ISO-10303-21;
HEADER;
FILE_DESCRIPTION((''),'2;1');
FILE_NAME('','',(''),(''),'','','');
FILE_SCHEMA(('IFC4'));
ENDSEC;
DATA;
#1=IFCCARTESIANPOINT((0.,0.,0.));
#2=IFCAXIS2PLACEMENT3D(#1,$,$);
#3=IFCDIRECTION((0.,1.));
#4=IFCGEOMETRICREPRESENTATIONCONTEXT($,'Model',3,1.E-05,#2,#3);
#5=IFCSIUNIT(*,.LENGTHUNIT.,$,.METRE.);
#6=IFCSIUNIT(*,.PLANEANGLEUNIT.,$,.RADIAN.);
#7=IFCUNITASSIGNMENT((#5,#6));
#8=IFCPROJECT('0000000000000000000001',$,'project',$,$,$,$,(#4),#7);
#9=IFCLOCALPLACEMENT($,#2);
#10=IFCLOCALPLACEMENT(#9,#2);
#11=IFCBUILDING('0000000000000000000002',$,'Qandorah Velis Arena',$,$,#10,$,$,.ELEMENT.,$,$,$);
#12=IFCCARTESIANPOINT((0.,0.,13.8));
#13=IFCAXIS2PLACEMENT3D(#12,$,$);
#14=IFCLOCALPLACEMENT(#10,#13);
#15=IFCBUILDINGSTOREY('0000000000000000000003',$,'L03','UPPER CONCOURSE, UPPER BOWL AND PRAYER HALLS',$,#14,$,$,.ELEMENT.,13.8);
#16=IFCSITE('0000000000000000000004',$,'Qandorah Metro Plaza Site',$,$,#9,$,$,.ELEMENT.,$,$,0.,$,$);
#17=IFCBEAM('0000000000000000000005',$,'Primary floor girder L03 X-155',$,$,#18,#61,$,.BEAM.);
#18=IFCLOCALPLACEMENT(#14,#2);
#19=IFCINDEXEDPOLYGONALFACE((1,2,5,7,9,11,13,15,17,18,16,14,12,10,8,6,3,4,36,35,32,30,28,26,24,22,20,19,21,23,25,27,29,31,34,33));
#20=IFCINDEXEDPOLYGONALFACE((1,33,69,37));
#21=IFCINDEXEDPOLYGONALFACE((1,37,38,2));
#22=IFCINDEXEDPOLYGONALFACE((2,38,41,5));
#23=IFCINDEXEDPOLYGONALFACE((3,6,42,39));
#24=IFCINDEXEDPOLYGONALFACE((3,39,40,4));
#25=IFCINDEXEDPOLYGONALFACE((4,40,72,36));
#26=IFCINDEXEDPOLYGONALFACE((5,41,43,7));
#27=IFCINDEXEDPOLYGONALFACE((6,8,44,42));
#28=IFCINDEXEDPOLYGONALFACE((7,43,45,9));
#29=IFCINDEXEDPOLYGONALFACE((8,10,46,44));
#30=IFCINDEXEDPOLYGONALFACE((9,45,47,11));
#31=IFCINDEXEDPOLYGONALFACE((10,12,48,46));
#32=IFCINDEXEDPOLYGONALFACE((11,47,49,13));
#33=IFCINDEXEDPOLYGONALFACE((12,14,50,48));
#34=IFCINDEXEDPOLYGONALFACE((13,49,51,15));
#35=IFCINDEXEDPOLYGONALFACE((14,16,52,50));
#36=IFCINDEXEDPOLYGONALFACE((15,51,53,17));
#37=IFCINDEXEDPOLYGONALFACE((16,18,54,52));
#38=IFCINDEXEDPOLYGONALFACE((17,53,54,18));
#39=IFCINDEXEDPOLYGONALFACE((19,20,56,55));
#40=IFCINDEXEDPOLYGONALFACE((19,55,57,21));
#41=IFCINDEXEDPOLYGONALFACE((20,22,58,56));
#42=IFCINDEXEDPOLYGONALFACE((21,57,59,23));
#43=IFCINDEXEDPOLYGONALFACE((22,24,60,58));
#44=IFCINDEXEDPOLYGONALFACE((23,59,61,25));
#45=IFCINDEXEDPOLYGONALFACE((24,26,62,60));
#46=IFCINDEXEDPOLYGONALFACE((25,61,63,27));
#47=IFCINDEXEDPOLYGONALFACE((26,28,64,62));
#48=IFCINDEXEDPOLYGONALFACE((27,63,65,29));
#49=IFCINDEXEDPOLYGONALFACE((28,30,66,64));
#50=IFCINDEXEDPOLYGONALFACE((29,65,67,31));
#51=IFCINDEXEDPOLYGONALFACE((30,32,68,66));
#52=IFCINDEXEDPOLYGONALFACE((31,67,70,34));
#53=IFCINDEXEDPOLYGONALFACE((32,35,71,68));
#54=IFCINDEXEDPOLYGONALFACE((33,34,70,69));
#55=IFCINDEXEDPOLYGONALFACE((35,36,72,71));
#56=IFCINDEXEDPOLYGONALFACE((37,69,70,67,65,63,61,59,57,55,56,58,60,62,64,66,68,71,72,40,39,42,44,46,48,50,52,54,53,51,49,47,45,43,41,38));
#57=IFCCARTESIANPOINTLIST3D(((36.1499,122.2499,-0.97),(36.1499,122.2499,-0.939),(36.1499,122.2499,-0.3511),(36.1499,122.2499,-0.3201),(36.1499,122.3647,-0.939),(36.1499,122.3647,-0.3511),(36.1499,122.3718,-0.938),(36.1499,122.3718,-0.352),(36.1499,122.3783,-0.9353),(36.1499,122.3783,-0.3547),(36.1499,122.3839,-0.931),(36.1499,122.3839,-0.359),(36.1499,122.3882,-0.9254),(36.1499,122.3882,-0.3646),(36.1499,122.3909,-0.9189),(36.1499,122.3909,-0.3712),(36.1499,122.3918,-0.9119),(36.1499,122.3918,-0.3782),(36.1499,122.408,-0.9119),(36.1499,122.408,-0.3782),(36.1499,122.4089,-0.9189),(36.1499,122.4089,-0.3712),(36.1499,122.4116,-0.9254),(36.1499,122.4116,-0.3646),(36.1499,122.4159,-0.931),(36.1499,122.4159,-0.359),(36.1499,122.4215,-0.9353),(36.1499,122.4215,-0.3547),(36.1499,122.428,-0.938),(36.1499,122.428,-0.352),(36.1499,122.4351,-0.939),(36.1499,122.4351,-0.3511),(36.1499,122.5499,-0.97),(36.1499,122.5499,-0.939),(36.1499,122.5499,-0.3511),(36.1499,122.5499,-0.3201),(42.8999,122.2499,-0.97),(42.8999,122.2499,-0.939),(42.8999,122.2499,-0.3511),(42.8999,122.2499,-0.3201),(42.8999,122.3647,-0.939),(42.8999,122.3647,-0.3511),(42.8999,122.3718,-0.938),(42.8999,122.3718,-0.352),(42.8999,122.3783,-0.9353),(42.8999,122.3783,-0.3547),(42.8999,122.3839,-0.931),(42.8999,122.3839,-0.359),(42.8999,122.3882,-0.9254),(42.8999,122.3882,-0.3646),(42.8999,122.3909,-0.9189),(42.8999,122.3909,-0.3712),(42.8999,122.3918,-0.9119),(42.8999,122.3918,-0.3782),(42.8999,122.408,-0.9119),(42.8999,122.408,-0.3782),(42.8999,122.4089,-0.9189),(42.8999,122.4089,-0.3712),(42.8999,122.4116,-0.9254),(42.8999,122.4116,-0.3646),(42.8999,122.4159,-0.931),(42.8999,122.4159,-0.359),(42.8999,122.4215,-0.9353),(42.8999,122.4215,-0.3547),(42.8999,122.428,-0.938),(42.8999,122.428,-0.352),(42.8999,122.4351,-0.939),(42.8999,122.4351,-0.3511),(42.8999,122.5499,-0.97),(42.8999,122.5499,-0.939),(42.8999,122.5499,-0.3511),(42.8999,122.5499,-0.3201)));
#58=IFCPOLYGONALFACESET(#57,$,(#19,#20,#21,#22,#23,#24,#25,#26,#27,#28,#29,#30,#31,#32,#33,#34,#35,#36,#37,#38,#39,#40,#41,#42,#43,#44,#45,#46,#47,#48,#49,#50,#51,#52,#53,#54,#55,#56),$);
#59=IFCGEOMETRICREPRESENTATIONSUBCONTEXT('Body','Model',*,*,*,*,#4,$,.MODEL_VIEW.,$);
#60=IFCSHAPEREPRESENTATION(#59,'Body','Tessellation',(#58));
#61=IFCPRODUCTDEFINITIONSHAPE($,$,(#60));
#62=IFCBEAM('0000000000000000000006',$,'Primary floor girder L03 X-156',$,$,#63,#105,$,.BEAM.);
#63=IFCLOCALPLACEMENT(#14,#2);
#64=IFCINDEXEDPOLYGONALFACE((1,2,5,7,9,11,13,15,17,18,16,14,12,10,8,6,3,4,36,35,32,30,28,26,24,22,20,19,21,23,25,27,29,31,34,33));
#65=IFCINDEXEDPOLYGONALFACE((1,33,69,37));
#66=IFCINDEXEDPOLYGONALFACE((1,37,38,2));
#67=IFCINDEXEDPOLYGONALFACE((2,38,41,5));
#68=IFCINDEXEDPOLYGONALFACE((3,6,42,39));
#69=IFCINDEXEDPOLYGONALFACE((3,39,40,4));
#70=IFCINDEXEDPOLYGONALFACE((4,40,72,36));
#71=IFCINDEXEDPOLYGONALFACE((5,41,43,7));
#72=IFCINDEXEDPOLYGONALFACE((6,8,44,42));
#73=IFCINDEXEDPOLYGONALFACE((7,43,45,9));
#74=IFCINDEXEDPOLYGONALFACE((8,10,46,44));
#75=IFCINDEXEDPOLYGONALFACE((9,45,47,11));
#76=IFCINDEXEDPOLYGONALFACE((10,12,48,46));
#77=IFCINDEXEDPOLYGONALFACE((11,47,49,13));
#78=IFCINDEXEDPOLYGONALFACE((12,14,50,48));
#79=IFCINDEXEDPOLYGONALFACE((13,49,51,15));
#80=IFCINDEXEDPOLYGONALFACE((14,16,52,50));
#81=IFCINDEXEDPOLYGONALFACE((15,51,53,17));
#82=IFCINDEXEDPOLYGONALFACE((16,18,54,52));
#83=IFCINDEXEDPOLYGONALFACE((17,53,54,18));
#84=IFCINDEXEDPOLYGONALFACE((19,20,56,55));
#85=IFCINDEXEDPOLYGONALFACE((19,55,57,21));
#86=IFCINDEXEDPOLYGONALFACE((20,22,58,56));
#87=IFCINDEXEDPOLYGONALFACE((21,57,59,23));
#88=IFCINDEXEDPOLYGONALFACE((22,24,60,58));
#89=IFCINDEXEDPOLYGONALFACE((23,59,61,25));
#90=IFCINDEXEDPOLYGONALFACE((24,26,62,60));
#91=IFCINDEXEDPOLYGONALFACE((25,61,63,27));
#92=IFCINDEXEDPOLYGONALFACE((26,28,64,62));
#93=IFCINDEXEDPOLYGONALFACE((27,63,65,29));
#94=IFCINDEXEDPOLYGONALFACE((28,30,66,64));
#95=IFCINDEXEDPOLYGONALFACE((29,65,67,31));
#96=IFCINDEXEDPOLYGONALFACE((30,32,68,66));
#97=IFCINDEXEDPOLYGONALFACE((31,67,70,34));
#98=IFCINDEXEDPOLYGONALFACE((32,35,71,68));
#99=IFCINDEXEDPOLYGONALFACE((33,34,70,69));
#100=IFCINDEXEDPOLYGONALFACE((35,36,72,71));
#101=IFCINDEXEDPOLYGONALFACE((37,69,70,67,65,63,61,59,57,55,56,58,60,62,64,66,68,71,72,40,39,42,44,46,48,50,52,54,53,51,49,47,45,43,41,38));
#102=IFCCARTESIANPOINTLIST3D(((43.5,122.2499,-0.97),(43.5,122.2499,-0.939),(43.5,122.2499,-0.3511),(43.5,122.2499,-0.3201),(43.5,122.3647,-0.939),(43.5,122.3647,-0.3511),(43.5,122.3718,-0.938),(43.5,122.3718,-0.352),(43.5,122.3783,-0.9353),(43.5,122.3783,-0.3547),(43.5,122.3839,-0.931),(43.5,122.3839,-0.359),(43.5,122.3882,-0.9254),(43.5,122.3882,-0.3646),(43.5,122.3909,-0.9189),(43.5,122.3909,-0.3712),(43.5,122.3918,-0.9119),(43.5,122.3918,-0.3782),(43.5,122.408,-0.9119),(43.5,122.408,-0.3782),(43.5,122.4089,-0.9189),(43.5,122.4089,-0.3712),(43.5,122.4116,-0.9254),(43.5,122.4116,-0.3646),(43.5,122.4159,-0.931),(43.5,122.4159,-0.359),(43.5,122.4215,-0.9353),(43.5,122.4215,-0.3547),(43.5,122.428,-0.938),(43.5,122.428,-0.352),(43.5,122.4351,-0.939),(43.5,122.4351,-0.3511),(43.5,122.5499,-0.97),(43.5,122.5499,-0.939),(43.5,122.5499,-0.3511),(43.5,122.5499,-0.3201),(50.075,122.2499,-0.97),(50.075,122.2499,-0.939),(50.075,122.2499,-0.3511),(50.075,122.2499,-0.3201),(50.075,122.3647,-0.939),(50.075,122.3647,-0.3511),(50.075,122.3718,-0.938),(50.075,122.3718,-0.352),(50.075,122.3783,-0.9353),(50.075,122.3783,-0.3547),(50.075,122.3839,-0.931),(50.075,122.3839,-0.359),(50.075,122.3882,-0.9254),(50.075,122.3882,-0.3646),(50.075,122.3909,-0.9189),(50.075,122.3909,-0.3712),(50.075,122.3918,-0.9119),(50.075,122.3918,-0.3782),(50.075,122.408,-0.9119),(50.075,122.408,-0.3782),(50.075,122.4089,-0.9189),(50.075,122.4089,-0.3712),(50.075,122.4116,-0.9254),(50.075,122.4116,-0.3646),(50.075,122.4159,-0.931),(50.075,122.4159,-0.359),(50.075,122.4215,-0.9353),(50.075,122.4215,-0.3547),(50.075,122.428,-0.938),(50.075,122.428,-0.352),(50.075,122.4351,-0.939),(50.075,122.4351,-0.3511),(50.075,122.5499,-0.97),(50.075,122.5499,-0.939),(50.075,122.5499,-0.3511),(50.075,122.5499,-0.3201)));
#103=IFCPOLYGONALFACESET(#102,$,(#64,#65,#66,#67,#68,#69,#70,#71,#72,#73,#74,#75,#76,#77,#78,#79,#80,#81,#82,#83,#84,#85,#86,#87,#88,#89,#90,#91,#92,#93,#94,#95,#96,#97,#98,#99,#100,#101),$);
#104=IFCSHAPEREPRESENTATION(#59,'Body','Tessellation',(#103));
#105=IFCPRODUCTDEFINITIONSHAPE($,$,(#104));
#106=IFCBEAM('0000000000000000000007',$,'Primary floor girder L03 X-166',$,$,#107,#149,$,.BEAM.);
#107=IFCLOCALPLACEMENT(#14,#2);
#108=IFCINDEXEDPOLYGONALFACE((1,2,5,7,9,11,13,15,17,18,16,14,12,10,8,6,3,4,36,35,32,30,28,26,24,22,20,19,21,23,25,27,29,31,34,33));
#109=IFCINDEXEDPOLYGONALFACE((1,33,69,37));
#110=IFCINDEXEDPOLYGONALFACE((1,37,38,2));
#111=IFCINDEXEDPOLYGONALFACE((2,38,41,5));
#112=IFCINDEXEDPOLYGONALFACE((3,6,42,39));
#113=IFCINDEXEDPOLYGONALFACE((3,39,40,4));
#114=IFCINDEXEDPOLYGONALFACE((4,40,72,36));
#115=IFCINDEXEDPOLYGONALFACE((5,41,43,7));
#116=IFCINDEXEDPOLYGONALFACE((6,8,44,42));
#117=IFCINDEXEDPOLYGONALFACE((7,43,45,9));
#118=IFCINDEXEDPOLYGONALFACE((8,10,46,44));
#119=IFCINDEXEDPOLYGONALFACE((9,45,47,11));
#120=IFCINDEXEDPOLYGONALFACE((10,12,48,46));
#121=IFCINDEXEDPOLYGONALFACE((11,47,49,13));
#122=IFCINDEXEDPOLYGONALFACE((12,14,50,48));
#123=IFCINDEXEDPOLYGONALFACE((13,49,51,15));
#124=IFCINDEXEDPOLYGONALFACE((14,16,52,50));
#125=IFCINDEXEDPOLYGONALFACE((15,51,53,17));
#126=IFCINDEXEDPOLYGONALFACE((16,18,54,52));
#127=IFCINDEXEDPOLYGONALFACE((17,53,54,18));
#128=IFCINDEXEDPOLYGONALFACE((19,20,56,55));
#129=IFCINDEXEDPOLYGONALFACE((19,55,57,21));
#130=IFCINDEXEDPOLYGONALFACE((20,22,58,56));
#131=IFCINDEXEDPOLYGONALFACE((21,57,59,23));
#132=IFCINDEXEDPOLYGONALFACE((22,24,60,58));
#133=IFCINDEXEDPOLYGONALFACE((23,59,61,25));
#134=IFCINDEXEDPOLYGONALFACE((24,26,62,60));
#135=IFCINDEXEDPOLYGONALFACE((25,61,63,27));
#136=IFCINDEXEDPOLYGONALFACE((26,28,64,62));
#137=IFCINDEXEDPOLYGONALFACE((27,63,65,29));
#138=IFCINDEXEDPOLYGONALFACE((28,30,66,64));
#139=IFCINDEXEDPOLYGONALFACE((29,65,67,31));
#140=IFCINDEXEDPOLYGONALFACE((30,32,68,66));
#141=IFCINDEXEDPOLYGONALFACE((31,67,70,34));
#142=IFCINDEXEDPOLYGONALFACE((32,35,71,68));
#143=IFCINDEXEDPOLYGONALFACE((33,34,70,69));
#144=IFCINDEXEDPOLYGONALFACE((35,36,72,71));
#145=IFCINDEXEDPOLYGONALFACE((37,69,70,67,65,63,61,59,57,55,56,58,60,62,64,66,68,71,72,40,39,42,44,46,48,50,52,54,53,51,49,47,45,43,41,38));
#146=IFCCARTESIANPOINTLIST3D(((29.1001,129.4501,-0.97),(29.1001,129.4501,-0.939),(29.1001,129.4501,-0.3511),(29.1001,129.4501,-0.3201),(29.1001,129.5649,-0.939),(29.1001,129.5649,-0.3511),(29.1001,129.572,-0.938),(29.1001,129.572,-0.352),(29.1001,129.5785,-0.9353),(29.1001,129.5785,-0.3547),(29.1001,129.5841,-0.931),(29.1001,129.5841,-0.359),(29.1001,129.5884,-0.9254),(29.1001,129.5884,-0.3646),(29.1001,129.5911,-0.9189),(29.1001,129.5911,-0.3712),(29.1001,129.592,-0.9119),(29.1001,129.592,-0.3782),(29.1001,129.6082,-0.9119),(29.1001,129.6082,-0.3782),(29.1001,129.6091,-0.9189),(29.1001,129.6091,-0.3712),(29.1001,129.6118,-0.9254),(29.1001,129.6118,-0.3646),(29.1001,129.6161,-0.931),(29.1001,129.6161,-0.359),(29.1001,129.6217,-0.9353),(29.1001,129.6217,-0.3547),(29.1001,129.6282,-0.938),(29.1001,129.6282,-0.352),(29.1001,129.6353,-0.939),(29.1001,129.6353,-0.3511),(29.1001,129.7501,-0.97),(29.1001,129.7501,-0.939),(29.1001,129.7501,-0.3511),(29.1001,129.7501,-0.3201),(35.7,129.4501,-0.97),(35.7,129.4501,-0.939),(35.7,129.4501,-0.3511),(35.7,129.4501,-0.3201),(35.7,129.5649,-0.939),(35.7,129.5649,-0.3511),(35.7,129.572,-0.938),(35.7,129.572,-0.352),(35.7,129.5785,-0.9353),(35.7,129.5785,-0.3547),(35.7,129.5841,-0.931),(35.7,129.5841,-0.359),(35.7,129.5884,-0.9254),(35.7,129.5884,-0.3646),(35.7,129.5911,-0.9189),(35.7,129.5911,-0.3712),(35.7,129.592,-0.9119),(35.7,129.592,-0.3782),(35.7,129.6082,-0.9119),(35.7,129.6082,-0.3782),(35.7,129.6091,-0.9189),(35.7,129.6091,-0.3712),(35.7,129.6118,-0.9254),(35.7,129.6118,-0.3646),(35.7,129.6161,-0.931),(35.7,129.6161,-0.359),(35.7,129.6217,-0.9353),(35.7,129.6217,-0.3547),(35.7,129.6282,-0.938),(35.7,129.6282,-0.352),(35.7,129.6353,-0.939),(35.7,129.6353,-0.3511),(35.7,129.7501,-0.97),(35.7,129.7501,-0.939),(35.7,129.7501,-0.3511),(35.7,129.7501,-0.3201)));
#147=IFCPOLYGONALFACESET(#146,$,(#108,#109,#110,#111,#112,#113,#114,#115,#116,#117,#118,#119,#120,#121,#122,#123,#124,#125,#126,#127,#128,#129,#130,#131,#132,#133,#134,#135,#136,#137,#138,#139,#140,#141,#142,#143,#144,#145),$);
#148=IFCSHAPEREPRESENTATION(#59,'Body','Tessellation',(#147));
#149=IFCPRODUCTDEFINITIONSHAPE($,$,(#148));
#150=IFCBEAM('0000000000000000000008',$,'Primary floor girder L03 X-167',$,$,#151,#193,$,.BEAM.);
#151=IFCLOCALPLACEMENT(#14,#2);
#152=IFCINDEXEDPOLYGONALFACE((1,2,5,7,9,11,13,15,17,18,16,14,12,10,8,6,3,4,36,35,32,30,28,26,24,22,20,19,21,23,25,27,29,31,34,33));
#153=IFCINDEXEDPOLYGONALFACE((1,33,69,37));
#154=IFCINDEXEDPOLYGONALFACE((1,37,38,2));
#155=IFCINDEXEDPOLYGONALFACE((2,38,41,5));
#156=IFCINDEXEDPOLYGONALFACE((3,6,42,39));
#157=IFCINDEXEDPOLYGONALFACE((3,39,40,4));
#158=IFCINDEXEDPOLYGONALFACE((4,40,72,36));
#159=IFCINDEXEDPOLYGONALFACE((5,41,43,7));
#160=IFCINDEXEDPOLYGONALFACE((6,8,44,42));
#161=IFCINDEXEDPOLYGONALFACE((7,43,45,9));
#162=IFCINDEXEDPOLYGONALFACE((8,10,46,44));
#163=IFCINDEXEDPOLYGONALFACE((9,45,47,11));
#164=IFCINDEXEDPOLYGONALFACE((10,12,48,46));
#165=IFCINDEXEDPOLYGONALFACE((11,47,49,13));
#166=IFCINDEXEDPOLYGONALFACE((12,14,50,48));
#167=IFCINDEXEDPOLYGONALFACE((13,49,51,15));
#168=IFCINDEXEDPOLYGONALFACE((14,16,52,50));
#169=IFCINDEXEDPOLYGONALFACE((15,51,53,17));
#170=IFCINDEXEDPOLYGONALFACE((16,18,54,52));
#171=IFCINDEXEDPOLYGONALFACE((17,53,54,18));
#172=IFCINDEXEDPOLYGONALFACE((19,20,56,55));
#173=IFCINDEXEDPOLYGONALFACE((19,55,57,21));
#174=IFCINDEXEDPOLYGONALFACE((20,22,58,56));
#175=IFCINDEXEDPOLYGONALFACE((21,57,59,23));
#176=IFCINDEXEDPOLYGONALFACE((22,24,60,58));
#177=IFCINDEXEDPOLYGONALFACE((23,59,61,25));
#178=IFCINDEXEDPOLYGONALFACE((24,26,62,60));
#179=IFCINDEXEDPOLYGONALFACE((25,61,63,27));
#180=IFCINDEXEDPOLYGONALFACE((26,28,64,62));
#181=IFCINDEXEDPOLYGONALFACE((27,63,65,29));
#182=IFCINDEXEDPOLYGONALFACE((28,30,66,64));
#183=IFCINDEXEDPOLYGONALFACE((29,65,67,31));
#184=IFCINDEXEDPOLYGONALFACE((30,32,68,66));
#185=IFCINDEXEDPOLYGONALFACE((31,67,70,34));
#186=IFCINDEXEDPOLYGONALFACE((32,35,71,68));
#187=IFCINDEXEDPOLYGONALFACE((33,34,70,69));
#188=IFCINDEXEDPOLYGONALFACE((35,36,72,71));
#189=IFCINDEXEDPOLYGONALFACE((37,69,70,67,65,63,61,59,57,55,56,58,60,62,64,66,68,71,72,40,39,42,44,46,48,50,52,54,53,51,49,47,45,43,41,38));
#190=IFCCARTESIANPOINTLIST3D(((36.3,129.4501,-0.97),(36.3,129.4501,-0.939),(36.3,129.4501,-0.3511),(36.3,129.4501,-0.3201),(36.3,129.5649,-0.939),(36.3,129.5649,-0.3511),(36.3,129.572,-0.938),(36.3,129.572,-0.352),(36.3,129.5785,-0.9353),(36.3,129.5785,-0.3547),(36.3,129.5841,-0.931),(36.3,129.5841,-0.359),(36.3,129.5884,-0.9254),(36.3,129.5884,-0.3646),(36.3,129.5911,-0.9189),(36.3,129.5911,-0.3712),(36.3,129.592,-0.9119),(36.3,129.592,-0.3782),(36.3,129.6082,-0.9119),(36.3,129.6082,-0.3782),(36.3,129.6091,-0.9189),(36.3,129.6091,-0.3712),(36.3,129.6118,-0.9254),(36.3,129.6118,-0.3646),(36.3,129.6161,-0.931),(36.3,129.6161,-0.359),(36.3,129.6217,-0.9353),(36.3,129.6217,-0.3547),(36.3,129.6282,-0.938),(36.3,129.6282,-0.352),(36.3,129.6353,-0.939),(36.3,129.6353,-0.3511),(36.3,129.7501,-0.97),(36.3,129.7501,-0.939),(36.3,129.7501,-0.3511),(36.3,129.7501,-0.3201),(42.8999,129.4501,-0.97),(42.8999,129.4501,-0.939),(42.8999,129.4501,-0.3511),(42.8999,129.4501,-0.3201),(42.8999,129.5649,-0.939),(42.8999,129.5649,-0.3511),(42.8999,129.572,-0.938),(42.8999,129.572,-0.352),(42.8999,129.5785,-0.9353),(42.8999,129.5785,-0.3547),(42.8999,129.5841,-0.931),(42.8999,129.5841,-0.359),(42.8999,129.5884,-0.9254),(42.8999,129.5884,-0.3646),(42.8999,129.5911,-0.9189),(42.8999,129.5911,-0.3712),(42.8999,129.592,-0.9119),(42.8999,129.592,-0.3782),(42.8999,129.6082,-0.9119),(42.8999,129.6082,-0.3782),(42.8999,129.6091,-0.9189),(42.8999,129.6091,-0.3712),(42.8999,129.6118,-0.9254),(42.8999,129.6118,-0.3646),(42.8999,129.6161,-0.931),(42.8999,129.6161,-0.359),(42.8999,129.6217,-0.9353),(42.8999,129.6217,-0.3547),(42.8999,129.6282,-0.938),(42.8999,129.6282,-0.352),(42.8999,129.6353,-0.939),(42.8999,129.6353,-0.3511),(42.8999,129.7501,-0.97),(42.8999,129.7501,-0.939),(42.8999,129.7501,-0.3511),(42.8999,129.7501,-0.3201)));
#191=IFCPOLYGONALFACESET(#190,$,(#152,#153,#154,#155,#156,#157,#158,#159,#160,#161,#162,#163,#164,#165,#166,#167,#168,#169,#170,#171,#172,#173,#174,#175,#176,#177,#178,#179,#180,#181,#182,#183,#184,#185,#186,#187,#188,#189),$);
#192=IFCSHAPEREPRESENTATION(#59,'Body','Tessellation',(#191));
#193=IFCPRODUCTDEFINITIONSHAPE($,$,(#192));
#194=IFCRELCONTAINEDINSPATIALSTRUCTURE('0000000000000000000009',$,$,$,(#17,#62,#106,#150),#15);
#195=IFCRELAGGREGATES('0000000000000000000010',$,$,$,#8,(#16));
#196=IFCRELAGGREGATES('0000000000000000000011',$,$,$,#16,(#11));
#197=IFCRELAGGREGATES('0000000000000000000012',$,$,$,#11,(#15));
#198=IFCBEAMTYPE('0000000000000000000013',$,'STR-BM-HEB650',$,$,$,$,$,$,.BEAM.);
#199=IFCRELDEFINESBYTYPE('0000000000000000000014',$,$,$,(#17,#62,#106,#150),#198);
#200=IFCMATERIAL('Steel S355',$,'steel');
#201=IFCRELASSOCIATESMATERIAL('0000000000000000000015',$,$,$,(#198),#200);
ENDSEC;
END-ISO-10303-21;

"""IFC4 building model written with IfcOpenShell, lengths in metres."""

from ifc_helpers import new_model, si_unit, direction, frame, origin, origin_2d, place, context, subcontext, project, spatial, i_section, extrude, material, material_profile, profile_set, type_object, element, save


model = new_model("IFC4")

# Units and contexts
model_context = context("Model", 3, precision=1e-05, world=origin(), true_north=direction((0.0, 1.0)))
body_context = subcontext(model_context, "Body", "Model", "MODEL_VIEW")
ifc_project = project(units=[si_unit("LENGTHUNIT", "METRE"), si_unit("PLANEANGLEUNIT", "RADIAN")], contexts=[model_context])

# Site, building, storey
site_placement = place(None, origin())
site = spatial("IfcSite", under=ifc_project, at=site_placement, Name="Qandorah Metro Plaza Site", CompositionType="ELEMENT", RefElevation=0.0)
building_placement = place(site_placement, origin())
building = spatial("IfcBuilding", under=site, at=building_placement, Name="Qandorah Velis Arena", CompositionType="ELEMENT")
storey_placement = place(building_placement, frame((0.0, 0.0, 13.8)))
storey = spatial("IfcBuildingStorey", under=building, at=storey_placement, Name="L03", Description="UPPER CONCOURSE, UPPER BOWL AND PRAYER HALLS", CompositionType="ELEMENT", Elevation=13.8)

# Beams
ifc_material_1 = material(Name="Steel S355", Category="steel")
ifc_material_profile_1 = material_profile(ifc_material_1, i_section(OverallWidth=0.3, OverallDepth=0.6499, WebThickness=0.0161, FlangeThickness=0.031, FilletRadius=0.0271, at=origin_2d()), Name="HEB 650")
ifc_profile_set_1 = profile_set([ifc_material_profile_1], Name="Steel S355")
beam_type_1 = type_object("IfcBeamType", Name="STR-BM-HEB650", PredefinedType="BEAM", material=ifc_profile_set_1)
beam_1_placement = place(storey_placement, frame((36.1499, 122.3999, -0.645), z_axis=(1.0, 0.0, 0.0), x_axis=(0.0, 1.0, 0.0)))
element("IfcBeam", 1, at=beam_1_placement, inside=storey, type_object=beam_type_1, Name="Primary floor girder L03 X-155", PredefinedType="BEAM", context=body_context, shape_type="SweptSolid", body=[
    extrude(i_section(OverallWidth=0.3, OverallDepth=0.6499, WebThickness=0.0161, FlangeThickness=0.031, FilletRadius=0.0271, at=origin_2d()), origin(), (0.0, 0.0, 1.0), 6.75),
])
beam_2_placement = place(storey_placement, frame((43.5, 122.3999, -0.645), z_axis=(1.0, 0.0, 0.0), x_axis=(0.0, 1.0, 0.0)))
element("IfcBeam", 2, at=beam_2_placement, inside=storey, type_object=beam_type_1, Name="Primary floor girder L03 X-156", PredefinedType="BEAM", context=body_context, shape_type="SweptSolid", body=[
    extrude(i_section(OverallWidth=0.3, OverallDepth=0.6499, WebThickness=0.0161, FlangeThickness=0.031, FilletRadius=0.0271, at=origin_2d()), origin(), (0.0, 0.0, 1.0), 6.575),
])
for number, where, z_axis, x_axis, name in (
    (3, (29.1001, 129.6001, -0.645), (1.0, 0.0, 0.0), (0.0, 1.0, 0.0), "Primary floor girder L03 X-166"),
    (4, (36.3, 129.6001, -0.645), (1.0, 0.0, 0.0), (0.0, 1.0, 0.0), "Primary floor girder L03 X-167"),
):
    element("IfcBeam", number, at=place(storey_placement, frame(where, z_axis=z_axis, x_axis=x_axis)), inside=storey, type_object=beam_type_1, Name=name, PredefinedType="BEAM", context=body_context, shape_type="SweptSolid", body=[
        extrude(i_section(OverallWidth=0.3, OverallDepth=0.6499, WebThickness=0.0161, FlangeThickness=0.031, FilletRadius=0.0271, at=origin_2d()), origin(), (0.0, 0.0, 1.0), 6.5999),
    ])

save(model, "model.ifc")
